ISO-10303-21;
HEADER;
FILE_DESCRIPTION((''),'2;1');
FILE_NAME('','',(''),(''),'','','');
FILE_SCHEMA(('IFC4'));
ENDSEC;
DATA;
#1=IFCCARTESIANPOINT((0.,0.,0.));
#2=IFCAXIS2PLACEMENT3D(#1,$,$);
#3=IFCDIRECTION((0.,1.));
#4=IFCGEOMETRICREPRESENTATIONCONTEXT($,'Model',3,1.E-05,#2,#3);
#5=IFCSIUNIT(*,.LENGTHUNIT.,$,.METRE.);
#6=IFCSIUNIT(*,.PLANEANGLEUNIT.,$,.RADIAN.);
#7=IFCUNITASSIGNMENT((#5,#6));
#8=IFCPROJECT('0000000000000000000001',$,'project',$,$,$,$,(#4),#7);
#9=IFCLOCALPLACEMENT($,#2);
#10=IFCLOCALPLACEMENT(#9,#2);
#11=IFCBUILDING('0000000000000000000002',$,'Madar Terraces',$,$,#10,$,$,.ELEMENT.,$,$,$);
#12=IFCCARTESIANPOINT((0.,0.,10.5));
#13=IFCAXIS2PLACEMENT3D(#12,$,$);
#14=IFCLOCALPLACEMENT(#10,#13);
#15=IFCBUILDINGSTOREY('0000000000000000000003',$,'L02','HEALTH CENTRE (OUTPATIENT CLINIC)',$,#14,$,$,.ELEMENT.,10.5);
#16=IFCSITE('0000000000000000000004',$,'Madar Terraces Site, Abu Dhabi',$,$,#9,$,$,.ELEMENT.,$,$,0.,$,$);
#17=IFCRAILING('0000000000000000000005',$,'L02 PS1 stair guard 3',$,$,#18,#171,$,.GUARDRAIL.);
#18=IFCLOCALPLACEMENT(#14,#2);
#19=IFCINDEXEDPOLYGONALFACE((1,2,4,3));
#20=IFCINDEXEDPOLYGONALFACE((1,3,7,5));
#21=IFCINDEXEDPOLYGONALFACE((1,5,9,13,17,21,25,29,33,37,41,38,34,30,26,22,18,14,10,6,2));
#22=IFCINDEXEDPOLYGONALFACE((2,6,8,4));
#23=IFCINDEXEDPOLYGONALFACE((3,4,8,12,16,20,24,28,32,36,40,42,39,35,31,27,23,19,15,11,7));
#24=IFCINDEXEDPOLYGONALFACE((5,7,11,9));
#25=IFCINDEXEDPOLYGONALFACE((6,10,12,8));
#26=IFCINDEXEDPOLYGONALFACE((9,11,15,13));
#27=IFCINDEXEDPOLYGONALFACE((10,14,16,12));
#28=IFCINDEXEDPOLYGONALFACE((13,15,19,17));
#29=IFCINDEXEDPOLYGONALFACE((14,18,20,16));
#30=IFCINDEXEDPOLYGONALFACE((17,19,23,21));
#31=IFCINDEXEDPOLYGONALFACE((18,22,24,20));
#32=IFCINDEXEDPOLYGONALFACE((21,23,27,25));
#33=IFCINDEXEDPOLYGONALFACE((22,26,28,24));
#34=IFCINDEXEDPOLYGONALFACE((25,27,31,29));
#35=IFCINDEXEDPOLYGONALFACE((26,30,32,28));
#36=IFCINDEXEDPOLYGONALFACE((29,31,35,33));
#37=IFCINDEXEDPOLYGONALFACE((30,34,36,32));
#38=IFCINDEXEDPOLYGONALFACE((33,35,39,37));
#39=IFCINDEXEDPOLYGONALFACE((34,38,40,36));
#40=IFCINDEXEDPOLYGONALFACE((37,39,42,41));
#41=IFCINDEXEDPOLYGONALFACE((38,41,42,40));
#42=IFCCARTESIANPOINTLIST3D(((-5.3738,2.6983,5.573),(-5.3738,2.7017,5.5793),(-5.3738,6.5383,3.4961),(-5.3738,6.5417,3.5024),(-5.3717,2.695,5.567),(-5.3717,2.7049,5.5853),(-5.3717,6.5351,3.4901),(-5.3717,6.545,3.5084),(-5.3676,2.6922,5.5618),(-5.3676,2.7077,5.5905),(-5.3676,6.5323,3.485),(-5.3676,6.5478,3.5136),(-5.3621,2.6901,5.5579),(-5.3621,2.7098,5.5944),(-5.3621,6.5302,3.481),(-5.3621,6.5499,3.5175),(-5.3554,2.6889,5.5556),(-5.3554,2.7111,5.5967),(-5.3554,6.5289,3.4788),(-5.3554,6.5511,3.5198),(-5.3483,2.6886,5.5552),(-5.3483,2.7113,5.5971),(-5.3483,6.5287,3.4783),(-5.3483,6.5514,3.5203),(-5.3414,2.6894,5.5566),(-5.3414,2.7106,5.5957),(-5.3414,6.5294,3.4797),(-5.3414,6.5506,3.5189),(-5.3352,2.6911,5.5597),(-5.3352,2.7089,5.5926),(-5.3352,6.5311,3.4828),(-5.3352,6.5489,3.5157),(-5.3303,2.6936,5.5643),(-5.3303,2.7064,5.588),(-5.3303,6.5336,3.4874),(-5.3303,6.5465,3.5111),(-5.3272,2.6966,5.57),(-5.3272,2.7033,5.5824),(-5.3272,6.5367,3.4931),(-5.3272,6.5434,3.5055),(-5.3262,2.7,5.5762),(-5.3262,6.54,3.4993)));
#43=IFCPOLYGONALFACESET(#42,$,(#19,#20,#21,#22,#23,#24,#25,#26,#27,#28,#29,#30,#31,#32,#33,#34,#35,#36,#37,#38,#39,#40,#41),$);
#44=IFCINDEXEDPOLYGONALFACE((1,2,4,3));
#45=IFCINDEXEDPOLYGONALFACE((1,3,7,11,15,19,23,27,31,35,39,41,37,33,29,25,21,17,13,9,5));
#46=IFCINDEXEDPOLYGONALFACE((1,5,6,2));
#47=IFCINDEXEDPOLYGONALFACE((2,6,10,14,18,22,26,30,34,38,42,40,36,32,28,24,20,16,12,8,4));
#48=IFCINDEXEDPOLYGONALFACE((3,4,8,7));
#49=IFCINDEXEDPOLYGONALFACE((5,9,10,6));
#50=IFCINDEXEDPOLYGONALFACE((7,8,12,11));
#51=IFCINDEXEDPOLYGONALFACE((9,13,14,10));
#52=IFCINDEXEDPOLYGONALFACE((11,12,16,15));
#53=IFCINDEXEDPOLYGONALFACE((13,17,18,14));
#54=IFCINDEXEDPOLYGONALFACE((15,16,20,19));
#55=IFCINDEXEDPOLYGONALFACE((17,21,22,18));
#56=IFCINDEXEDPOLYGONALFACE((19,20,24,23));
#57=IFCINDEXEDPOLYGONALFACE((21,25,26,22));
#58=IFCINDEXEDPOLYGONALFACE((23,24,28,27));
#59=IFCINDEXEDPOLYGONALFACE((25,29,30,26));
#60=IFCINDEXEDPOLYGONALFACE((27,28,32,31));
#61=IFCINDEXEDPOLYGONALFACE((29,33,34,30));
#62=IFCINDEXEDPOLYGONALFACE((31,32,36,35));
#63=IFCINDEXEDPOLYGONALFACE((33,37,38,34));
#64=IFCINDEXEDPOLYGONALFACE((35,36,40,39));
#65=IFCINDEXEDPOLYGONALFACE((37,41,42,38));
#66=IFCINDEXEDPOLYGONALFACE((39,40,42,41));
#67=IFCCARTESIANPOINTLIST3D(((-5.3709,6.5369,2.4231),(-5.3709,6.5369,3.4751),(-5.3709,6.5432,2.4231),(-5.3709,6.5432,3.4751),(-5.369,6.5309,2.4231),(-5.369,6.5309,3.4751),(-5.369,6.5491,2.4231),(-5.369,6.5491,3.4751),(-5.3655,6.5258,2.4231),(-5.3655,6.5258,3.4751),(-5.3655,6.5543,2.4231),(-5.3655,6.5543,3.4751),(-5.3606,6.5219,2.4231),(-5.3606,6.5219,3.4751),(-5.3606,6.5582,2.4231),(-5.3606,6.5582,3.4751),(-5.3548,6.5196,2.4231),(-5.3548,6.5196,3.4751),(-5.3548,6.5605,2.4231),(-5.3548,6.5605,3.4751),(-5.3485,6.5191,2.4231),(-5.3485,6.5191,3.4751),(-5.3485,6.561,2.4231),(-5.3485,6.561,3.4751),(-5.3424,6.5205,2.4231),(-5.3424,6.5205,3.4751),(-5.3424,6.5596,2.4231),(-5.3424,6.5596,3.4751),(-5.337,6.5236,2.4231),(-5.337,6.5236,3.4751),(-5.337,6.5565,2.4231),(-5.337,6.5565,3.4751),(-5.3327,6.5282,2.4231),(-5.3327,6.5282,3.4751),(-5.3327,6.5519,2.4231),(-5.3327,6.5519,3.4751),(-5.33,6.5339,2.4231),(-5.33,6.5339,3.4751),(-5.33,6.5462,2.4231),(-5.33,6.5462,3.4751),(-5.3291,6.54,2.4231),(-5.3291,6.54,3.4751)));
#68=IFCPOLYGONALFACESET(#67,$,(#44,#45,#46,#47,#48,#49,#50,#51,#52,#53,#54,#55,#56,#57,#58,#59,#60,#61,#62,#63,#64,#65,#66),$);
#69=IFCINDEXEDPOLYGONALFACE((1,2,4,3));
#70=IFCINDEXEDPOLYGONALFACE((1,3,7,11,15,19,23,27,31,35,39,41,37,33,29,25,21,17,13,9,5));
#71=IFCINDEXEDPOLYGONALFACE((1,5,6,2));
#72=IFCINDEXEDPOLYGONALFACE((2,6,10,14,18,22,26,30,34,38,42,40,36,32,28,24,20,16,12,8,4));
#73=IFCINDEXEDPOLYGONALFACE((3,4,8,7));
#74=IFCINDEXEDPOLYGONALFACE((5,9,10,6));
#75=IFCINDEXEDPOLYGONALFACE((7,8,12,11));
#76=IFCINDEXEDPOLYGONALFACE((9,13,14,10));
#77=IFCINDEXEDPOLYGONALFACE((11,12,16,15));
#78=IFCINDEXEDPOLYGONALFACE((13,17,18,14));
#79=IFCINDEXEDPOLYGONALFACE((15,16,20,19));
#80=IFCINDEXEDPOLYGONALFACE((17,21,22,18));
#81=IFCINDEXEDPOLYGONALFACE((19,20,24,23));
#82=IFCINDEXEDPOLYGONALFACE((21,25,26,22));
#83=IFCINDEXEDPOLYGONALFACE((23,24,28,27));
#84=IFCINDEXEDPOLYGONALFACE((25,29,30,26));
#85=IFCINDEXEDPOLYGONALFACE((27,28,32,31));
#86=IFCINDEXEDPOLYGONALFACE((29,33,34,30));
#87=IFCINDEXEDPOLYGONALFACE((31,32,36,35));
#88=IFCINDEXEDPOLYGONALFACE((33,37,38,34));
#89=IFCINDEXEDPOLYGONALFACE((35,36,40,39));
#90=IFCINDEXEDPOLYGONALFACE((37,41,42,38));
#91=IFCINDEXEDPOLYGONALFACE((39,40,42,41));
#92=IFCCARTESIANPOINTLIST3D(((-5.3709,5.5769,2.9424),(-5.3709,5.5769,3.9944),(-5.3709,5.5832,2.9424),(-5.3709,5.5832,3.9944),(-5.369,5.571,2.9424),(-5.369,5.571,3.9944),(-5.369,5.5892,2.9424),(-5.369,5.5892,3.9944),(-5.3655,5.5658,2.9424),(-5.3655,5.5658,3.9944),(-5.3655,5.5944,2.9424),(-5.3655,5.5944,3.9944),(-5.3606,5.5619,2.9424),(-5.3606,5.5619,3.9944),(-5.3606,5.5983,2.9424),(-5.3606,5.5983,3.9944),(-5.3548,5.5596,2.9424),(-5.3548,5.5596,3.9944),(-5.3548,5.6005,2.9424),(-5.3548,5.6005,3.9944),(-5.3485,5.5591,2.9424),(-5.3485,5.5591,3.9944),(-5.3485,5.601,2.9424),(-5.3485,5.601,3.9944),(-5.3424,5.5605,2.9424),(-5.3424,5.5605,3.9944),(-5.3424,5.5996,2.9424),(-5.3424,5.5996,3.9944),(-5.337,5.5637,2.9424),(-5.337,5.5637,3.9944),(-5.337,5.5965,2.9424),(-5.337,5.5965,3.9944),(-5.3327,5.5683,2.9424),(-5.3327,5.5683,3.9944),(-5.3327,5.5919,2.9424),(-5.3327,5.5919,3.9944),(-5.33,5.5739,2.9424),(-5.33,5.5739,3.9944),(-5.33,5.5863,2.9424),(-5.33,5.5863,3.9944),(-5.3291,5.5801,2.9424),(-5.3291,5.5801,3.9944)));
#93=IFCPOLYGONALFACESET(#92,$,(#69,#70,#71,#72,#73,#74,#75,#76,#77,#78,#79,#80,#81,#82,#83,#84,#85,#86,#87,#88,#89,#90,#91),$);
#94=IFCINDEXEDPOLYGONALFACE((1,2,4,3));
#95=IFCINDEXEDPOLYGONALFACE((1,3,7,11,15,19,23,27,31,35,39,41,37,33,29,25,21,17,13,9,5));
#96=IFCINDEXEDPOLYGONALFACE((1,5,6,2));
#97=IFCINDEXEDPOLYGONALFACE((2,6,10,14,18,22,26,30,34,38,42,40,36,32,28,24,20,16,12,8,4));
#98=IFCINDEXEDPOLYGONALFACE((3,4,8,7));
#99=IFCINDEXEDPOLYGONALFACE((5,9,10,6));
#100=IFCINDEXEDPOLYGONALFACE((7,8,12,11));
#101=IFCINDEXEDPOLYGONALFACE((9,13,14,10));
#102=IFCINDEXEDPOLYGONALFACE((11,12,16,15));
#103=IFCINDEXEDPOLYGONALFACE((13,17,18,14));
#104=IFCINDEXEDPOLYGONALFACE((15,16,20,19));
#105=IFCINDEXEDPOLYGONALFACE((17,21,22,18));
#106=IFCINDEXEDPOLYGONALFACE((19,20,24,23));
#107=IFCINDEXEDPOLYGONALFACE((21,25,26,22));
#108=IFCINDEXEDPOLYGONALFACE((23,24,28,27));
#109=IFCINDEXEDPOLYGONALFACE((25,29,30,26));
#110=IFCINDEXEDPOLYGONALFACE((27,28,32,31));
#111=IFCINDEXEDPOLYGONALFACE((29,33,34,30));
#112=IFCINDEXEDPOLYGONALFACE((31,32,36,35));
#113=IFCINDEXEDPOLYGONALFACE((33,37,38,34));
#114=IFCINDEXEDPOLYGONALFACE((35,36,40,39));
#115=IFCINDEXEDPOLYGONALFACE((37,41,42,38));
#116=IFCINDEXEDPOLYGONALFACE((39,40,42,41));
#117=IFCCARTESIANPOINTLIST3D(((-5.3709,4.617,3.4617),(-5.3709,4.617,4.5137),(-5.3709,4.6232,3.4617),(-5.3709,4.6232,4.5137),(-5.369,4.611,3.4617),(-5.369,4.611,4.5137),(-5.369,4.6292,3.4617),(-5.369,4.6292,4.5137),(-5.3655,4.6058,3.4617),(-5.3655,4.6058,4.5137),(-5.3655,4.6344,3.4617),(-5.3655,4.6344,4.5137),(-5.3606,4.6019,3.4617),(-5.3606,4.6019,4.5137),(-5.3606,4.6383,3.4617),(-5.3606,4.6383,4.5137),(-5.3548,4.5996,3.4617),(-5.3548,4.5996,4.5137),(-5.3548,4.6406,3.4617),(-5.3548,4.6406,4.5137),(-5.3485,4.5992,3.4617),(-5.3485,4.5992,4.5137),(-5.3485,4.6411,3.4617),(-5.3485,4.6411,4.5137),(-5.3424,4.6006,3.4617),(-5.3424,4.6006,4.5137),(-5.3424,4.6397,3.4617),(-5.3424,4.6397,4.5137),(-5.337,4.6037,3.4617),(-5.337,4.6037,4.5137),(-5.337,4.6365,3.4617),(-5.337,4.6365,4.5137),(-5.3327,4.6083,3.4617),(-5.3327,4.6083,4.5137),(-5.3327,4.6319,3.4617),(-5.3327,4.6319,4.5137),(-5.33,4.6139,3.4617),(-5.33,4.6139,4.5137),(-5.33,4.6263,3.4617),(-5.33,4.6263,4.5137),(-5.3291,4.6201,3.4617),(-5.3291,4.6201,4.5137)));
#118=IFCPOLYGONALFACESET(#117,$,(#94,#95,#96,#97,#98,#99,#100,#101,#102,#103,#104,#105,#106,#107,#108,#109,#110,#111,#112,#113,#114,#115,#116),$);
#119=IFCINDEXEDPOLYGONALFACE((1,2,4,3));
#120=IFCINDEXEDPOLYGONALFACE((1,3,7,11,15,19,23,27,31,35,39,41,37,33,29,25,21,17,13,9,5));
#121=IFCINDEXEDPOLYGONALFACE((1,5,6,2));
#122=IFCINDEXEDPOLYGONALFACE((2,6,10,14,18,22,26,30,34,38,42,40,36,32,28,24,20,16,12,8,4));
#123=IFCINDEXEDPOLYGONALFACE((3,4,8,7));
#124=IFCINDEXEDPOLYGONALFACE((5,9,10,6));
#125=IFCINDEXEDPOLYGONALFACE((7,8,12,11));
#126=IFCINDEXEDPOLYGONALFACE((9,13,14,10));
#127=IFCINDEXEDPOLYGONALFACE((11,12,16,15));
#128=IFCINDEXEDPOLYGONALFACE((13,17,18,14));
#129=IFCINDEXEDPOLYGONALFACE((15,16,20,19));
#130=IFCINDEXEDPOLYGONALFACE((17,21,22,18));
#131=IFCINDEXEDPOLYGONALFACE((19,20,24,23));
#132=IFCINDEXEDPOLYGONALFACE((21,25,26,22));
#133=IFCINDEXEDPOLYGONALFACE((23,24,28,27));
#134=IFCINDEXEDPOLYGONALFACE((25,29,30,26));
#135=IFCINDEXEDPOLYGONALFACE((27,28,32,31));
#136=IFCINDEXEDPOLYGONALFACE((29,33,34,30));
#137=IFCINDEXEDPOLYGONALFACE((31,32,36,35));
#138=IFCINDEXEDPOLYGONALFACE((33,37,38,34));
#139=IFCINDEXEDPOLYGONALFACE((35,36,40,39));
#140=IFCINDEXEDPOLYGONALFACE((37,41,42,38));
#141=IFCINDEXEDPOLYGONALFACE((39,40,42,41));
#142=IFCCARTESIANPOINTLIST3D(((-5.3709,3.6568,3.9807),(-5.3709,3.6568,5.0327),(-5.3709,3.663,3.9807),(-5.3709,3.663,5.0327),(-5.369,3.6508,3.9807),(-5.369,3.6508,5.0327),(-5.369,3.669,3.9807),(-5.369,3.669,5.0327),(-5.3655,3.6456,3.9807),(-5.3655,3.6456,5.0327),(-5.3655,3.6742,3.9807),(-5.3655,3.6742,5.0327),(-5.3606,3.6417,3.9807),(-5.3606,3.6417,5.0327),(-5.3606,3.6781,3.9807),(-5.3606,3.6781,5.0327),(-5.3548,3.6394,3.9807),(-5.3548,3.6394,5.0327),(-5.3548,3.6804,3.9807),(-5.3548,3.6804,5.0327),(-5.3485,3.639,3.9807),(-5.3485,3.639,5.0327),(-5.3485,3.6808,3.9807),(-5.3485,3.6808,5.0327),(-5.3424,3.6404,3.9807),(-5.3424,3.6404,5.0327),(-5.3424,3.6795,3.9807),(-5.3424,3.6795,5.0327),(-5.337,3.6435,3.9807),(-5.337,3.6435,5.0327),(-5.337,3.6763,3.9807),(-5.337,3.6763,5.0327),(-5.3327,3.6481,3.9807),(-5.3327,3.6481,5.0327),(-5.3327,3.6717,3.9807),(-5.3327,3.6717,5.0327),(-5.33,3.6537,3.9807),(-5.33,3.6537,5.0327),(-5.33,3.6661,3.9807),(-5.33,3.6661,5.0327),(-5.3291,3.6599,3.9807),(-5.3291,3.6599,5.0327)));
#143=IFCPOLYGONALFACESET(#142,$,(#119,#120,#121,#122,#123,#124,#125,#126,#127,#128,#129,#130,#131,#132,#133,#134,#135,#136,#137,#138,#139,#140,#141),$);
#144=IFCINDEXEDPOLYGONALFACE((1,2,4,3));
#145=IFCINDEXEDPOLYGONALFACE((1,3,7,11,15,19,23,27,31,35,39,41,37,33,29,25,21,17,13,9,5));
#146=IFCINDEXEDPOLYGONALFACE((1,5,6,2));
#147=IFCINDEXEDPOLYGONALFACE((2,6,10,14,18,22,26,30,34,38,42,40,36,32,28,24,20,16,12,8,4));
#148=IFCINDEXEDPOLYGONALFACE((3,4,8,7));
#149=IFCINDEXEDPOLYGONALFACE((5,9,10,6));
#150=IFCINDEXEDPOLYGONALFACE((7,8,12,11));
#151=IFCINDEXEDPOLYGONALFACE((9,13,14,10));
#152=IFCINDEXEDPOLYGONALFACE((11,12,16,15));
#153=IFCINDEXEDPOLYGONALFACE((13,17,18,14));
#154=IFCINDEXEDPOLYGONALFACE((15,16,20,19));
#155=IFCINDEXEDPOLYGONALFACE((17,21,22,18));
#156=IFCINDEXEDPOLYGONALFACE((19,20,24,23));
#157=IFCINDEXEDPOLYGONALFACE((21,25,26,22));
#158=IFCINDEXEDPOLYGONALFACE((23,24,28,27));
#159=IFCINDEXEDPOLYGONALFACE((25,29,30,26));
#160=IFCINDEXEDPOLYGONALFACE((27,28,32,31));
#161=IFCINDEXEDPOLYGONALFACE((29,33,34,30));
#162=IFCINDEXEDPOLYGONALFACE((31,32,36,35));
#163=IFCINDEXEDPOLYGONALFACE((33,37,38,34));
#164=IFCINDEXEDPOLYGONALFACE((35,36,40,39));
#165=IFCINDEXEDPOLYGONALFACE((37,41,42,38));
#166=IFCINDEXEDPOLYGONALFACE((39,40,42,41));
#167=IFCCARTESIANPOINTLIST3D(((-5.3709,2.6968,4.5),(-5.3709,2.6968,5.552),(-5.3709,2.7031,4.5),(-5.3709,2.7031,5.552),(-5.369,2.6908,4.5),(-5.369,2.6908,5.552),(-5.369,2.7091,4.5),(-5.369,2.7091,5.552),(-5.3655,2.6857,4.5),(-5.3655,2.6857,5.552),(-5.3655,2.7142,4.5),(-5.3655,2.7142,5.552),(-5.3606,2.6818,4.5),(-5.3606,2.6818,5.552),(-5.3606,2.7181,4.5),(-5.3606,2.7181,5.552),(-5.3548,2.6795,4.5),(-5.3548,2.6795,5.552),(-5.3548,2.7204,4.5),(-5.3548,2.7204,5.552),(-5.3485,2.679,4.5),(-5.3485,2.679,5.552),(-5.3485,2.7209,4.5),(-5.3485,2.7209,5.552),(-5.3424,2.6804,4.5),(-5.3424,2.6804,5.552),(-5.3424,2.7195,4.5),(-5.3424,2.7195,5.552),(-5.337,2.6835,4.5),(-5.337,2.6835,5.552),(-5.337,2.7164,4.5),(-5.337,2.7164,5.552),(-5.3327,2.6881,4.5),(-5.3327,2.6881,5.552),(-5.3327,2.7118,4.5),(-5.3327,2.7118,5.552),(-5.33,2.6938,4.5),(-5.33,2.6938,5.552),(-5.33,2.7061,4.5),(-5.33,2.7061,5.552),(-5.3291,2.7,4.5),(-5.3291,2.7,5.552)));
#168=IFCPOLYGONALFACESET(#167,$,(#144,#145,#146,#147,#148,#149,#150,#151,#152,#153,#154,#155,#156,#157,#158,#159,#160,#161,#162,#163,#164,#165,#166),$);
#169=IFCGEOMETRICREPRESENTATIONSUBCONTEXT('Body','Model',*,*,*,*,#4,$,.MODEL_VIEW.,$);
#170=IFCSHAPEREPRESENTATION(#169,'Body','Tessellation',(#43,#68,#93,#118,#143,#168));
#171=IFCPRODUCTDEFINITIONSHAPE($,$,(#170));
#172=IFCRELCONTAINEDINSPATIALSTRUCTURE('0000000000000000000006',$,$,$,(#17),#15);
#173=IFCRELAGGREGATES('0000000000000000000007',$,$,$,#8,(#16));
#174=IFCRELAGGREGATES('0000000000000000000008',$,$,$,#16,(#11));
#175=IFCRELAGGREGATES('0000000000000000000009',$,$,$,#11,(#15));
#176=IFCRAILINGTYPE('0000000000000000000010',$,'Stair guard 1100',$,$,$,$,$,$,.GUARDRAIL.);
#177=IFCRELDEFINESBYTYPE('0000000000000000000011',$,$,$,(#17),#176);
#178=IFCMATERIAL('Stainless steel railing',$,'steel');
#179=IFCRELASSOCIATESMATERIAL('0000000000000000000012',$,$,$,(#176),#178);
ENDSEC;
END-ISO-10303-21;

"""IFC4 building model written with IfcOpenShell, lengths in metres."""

from ifc_helpers import new_model, si_unit, direction, frame, origin, origin_2d, place, context, subcontext, project, spatial, circle, extrude, material, type_object, element, save


model = new_model("IFC4")

# Units and contexts
model_context = context("Model", 3, precision=1e-05, world=origin(), true_north=direction((0.0, 1.0)))
body_context = subcontext(model_context, "Body", "Model", "MODEL_VIEW")
ifc_project = project(units=[si_unit("LENGTHUNIT", "METRE"), si_unit("PLANEANGLEUNIT", "RADIAN")], contexts=[model_context])

# Site, building, storey
site_placement = place(None, origin())
site = spatial("IfcSite", under=ifc_project, at=site_placement, Name="Madar Terraces Site, Abu Dhabi", CompositionType="ELEMENT", RefElevation=0.0)
building_placement = place(site_placement, origin())
building = spatial("IfcBuilding", under=site, at=building_placement, Name="Madar Terraces", CompositionType="ELEMENT")
storey_placement = place(building_placement, frame((0.0, 0.0, 10.5)))
storey = spatial("IfcBuildingStorey", under=building, at=storey_placement, Name="L02", Description="HEALTH CENTRE (OUTPATIENT CLINIC)", CompositionType="ELEMENT", Elevation=10.5)

# Railing
ifc_material_1 = material(Name="Stainless steel railing", Category="steel")
railing_type_1 = type_object("IfcRailingType", Name="Stair guard 1100", PredefinedType="GUARDRAIL", material=ifc_material_1)
railing_1_placement = place(storey_placement, frame((-5.3501, 6.54, 2.4231)))
element("IfcRailing", 1, at=railing_1_placement, inside=storey, type_object=railing_type_1, Name="L02 PS1 stair guard 3", PredefinedType="GUARDRAIL", context=body_context, shape_type="SweptSolid", body=[
    extrude(circle(Radius=0.0239, at=origin_2d()), frame((0.0, 0.0, 1.0762), z_axis=(0.0, -0.879593, 0.475726), x_axis=(1.0, 0.0, 0.0)), (0.0, 0.0, 1.0), 4.3657),
    extrude(circle(Radius=0.021, at=origin_2d()), origin(), (0.0, 0.0, 1.0), 1.052),
    extrude(circle(Radius=0.021, at=origin_2d()), frame((0.0, -0.96, 0.5193)), (0.0, 0.0, 1.0), 1.052),
    extrude(circle(Radius=0.021, at=origin_2d()), frame((0.0, -1.9199, 1.0386)), (0.0, 0.0, 1.0), 1.052),
    extrude(circle(Radius=0.021, at=origin_2d()), frame((0.0, -2.8801, 1.5576)), (0.0, 0.0, 1.0), 1.052),
    extrude(circle(Radius=0.021, at=origin_2d()), frame((0.0, -3.8401, 2.0769)), (0.0, 0.0, 1.0), 1.052),
])

save(model, "model.ifc")
